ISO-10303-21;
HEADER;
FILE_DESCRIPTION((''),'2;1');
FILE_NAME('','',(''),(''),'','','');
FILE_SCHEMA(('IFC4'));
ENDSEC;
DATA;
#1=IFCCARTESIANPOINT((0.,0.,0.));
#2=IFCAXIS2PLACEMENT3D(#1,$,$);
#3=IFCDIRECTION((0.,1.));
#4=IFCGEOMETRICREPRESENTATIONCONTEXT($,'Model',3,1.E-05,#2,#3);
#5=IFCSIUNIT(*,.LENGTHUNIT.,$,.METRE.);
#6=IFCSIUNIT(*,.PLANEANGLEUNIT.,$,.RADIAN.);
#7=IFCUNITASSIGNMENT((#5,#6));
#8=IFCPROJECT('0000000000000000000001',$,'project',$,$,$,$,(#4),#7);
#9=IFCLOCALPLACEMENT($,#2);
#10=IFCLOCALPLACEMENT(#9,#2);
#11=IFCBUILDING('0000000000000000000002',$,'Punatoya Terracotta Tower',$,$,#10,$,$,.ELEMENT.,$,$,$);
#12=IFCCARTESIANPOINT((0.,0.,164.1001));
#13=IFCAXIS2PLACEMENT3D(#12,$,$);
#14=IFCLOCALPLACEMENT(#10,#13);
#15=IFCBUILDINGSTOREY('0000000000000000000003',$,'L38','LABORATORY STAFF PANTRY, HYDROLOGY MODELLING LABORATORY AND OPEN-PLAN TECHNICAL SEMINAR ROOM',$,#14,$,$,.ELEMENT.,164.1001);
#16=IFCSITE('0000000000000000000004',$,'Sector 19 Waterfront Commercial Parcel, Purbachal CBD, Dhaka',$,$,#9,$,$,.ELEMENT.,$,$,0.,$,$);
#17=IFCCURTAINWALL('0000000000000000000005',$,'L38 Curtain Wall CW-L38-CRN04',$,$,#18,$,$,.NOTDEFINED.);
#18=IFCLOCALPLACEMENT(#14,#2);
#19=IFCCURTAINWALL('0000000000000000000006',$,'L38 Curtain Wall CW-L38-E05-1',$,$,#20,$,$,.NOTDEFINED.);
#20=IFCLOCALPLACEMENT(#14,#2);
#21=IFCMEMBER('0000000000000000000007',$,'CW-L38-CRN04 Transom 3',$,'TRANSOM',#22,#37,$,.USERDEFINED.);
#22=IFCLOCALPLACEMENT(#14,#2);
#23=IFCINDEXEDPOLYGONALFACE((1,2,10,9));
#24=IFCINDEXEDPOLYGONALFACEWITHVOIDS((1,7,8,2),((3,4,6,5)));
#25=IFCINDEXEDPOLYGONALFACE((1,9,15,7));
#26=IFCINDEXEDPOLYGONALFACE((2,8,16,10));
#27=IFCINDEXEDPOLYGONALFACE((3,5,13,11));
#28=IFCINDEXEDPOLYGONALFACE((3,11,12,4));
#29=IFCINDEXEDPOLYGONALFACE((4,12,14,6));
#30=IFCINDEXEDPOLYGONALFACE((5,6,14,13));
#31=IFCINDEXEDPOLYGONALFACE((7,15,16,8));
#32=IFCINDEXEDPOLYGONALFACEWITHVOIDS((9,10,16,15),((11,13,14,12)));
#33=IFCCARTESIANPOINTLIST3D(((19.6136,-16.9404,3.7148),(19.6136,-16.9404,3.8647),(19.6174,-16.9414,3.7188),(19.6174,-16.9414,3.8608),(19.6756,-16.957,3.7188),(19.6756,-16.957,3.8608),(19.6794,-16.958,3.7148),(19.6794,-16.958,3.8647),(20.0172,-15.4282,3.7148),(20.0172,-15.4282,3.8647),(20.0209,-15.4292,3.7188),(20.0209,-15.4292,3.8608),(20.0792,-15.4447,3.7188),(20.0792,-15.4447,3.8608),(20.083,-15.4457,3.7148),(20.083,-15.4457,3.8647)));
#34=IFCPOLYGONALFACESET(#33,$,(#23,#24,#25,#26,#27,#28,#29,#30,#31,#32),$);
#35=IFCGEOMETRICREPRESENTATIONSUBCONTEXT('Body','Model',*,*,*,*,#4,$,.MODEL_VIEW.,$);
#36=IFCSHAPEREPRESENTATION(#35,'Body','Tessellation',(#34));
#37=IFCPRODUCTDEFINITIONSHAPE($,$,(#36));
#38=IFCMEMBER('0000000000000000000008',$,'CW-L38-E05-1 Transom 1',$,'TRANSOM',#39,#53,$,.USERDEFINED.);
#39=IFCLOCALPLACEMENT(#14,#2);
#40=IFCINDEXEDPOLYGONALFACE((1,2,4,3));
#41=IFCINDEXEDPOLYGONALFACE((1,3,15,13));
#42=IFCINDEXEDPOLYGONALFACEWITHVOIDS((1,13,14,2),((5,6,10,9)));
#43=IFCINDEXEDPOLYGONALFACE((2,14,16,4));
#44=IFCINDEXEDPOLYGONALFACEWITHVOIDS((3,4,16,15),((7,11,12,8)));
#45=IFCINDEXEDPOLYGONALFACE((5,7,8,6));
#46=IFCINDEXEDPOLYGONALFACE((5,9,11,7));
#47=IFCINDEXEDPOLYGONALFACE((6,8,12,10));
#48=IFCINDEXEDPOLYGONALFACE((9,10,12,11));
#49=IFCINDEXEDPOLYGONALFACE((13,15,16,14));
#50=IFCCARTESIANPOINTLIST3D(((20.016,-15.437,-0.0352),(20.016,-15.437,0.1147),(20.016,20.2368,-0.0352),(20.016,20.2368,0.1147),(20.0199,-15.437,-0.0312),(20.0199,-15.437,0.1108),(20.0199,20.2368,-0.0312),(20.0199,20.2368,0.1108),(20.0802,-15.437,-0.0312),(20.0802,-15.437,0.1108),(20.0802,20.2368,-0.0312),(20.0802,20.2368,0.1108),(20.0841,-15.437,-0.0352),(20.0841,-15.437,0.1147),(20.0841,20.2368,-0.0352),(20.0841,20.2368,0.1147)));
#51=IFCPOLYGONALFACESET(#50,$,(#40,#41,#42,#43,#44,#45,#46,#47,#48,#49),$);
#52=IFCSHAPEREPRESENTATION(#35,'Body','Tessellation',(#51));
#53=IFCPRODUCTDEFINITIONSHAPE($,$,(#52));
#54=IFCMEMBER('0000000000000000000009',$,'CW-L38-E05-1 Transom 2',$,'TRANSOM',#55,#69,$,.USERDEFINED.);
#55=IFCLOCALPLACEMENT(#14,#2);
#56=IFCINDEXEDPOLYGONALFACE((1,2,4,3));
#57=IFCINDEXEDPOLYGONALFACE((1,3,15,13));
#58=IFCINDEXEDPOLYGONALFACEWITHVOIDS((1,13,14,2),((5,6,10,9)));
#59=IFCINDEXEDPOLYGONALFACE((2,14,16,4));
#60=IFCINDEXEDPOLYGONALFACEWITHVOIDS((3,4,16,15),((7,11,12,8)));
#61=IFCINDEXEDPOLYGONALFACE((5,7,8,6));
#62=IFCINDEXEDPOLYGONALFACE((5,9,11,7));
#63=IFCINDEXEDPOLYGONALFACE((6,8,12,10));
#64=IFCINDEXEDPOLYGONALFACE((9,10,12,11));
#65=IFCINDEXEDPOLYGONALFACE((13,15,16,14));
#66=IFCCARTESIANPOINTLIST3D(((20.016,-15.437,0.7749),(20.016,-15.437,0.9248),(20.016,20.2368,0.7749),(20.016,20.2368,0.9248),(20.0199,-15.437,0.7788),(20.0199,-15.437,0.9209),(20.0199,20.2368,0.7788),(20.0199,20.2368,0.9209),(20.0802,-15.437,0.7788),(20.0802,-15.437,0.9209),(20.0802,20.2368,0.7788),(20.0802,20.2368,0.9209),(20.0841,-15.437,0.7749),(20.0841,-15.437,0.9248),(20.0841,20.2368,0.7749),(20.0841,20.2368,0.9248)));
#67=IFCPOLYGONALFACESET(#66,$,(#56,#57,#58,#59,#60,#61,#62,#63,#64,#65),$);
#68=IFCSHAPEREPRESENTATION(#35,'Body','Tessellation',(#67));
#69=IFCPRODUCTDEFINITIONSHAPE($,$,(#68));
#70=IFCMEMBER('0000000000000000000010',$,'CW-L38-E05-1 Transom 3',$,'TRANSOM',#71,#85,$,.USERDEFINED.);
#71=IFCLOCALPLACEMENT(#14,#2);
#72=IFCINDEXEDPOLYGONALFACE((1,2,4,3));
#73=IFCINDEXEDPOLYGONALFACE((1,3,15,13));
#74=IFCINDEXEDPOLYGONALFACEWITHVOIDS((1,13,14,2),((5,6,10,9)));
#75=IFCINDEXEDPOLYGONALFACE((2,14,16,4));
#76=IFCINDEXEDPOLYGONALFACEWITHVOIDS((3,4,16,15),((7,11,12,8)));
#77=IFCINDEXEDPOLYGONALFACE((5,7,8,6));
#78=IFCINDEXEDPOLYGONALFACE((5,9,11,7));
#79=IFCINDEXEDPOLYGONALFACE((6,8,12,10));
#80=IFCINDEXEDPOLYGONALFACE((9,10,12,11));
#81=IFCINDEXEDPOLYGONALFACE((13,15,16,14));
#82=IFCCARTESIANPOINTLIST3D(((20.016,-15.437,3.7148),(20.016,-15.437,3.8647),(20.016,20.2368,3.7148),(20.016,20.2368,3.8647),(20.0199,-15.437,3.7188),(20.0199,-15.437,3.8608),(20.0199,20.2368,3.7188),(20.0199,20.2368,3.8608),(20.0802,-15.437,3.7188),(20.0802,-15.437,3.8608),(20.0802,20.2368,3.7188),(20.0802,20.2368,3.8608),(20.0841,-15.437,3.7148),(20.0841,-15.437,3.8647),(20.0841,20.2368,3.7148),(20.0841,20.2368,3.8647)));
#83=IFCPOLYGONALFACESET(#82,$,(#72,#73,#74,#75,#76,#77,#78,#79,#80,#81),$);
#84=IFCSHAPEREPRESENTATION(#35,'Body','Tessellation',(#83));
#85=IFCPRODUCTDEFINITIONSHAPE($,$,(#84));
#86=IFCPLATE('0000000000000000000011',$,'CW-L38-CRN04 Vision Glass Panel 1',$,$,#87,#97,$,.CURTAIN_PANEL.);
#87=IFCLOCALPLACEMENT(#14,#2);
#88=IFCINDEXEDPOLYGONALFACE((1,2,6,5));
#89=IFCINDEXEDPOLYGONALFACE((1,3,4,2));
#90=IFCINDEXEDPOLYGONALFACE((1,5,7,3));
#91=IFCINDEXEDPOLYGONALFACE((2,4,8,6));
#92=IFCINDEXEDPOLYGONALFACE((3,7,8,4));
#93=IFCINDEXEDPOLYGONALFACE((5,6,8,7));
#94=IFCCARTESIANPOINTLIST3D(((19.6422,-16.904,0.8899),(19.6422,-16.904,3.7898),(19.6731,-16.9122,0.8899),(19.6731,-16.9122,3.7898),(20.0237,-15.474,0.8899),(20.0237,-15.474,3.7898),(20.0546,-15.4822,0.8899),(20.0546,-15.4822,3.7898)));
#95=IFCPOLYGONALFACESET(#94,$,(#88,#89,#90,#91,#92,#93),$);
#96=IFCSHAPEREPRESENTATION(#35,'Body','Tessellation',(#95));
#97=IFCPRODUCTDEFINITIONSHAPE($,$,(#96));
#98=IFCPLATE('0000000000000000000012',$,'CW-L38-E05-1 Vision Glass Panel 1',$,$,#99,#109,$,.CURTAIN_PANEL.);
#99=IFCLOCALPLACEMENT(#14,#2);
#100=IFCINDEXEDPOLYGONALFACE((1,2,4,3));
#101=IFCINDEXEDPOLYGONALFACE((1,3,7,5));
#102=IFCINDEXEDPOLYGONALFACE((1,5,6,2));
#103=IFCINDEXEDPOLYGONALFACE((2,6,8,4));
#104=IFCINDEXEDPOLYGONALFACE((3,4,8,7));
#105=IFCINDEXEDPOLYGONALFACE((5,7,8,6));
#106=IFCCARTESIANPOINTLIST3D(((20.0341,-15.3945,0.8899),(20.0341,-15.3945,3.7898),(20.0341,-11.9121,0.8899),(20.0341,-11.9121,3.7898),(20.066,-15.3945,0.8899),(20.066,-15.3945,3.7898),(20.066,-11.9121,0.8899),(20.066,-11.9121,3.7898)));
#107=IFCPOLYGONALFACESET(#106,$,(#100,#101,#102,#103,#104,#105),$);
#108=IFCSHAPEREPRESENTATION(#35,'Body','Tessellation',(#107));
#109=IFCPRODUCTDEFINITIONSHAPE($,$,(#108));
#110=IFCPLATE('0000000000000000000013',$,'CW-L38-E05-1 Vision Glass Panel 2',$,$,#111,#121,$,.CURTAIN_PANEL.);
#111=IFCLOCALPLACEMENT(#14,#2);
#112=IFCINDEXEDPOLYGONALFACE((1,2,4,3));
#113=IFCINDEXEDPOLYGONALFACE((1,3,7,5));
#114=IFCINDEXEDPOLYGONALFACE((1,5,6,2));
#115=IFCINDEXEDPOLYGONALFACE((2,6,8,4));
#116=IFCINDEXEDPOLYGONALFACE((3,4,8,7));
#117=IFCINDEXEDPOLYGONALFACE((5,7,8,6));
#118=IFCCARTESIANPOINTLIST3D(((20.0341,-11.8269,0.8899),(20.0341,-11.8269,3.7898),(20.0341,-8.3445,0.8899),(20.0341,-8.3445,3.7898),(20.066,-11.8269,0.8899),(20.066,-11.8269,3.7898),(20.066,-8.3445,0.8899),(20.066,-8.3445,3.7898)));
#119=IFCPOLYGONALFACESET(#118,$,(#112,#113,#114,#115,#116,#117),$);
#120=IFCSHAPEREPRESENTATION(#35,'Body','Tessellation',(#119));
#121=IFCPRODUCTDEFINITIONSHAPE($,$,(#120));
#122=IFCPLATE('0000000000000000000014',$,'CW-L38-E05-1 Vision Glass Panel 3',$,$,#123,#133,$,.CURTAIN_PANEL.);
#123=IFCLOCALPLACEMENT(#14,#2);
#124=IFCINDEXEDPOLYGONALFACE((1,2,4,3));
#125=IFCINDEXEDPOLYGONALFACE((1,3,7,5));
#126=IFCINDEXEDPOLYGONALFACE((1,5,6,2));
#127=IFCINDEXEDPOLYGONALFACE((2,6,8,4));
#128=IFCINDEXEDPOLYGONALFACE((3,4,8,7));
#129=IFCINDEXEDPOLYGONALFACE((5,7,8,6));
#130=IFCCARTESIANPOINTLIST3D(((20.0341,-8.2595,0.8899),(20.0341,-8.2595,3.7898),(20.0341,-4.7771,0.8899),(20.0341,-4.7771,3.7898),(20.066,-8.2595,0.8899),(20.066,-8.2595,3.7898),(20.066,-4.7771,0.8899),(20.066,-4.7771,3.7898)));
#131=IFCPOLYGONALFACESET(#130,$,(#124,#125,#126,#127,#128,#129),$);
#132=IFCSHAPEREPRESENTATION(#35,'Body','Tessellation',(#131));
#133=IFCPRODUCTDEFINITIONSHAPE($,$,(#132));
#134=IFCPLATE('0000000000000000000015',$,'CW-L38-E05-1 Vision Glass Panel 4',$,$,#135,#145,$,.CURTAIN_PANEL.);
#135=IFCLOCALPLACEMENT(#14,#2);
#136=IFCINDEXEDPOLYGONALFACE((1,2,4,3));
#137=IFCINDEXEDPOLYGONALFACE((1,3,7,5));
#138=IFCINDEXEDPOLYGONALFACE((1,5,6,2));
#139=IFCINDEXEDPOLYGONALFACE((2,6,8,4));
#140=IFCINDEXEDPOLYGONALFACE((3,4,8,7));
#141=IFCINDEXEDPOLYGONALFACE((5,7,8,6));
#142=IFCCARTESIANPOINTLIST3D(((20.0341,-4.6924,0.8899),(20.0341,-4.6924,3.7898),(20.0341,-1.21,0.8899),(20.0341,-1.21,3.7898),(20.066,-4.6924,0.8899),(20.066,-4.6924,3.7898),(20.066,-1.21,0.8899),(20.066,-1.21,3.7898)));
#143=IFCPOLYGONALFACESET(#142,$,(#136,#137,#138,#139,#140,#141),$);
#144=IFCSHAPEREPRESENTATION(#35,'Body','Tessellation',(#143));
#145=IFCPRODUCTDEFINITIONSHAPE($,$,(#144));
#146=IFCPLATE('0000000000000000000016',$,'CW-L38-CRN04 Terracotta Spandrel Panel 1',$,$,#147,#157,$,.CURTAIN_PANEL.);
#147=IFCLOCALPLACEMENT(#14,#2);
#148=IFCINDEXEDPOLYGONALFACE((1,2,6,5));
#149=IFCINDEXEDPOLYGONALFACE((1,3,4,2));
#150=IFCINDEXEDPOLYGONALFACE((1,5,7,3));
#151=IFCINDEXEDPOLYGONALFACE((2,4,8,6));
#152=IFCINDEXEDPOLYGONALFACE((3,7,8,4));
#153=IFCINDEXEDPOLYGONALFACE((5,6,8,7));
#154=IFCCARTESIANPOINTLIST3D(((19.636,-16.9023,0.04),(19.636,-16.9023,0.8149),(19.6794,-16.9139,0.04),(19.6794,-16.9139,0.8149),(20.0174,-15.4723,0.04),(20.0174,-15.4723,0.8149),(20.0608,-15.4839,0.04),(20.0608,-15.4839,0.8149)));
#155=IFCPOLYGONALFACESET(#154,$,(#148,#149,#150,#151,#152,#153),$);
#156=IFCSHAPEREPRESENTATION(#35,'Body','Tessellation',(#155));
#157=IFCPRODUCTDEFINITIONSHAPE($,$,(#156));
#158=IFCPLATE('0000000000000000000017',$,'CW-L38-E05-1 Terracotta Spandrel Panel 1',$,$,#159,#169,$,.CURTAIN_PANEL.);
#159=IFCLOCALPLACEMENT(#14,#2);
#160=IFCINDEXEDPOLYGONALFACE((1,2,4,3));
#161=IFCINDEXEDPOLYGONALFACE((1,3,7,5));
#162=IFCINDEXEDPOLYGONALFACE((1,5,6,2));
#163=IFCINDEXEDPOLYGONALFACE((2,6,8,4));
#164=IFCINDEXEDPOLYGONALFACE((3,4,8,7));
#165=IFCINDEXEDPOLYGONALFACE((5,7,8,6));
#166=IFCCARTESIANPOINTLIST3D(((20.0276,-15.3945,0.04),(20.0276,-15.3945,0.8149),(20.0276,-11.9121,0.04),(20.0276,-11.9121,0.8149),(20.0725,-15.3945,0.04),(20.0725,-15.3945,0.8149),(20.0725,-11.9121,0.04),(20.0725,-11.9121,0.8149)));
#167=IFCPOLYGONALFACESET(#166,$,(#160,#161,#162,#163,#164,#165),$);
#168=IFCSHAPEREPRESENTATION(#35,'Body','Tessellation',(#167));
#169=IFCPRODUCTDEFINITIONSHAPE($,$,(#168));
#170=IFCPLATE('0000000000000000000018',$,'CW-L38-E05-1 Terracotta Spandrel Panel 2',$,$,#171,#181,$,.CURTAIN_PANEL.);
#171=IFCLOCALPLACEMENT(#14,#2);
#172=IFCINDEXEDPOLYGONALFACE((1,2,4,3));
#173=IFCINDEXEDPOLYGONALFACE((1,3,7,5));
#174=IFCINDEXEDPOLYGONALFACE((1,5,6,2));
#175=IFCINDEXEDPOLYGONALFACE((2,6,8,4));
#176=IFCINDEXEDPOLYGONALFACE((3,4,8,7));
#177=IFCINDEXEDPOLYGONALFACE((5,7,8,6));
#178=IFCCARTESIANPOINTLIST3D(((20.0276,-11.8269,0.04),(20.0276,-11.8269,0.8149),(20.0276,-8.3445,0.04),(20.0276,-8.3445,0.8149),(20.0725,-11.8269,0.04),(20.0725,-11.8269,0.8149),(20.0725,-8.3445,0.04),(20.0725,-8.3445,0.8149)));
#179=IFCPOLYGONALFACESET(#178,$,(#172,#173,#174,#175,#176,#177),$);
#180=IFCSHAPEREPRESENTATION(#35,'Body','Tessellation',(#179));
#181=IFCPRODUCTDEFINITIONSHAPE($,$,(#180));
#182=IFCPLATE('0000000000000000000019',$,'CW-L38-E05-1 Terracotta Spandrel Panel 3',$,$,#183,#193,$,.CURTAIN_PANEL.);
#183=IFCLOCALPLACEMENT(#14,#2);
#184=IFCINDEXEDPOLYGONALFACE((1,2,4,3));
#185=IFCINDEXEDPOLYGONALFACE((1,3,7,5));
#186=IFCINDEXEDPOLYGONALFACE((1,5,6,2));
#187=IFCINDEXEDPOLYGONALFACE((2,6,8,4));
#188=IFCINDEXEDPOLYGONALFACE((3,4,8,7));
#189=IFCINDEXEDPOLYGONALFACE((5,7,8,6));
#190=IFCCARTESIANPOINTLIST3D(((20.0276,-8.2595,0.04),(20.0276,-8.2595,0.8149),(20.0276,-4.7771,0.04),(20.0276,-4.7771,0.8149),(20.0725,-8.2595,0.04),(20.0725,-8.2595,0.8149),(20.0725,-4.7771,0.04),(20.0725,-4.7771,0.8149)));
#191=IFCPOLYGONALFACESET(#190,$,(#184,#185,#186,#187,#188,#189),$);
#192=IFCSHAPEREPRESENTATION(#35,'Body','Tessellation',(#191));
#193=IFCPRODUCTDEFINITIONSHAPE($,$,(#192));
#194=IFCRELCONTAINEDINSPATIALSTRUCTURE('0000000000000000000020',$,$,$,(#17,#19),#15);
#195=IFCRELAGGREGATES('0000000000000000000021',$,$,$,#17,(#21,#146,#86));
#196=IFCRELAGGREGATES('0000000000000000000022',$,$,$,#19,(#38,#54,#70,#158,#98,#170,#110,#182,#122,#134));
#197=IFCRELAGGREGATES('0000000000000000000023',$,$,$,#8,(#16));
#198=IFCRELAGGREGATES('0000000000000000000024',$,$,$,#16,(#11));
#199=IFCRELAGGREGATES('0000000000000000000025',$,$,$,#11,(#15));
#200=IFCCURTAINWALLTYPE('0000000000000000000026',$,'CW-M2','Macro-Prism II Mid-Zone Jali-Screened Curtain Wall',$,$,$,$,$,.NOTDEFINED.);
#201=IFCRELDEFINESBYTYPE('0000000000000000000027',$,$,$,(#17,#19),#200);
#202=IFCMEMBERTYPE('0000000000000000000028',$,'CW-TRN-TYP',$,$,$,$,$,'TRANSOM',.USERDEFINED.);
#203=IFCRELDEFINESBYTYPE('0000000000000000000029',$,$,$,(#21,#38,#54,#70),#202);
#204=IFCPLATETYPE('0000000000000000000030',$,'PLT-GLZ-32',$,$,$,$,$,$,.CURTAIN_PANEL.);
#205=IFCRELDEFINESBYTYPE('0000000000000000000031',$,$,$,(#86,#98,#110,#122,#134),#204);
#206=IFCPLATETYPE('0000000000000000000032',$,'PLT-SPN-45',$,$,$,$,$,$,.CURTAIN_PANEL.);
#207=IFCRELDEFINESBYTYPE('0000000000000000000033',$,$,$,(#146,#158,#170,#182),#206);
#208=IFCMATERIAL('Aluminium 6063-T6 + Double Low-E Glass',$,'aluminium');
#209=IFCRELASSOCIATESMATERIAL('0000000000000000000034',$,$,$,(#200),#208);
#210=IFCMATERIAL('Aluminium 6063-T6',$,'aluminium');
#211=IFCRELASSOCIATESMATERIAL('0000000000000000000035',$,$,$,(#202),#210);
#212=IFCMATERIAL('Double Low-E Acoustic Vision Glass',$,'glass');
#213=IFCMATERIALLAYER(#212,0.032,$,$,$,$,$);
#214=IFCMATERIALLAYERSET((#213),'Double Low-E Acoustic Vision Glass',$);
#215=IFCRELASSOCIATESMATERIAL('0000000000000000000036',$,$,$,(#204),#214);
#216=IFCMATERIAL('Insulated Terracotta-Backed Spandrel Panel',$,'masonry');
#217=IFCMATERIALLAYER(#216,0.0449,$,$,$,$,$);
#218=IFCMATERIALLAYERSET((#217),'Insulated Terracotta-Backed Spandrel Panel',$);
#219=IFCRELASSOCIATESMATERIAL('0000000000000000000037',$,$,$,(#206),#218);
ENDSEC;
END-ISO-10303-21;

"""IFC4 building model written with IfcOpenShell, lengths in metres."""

from ifc_helpers import new_model, si_unit, direction, frame, origin, origin_2d, place, context, subcontext, project, spatial, rectangle, hollow_rectangle, extrude, material, layer, layer_set, material_profile, profile_set, type_object, element, aggregate, save


model = new_model("IFC4")

# Units and contexts
model_context = context("Model", 3, precision=1e-05, world=origin(), true_north=direction((0.0, 1.0)))
body_context = subcontext(model_context, "Body", "Model", "MODEL_VIEW")
ifc_project = project(units=[si_unit("LENGTHUNIT", "METRE"), si_unit("PLANEANGLEUNIT", "RADIAN")], contexts=[model_context])

# Site, building, storey
site_placement = place(None, origin())
site = spatial("IfcSite", under=ifc_project, at=site_placement, Name="Sector 19 Waterfront Commercial Parcel, Purbachal CBD, Dhaka", CompositionType="ELEMENT", RefElevation=0.0)
building_placement = place(site_placement, origin())
building = spatial("IfcBuilding", under=site, at=building_placement, Name="Punatoya Terracotta Tower", CompositionType="ELEMENT")
storey_placement = place(building_placement, frame((0.0, 0.0, 164.1001)))
storey = spatial("IfcBuildingStorey", under=building, at=storey_placement, Name="L38", Description="LABORATORY STAFF PANTRY, HYDROLOGY MODELLING LABORATORY AND OPEN-PLAN TECHNICAL SEMINAR ROOM", CompositionType="ELEMENT", Elevation=164.1001)

# Curtain walls
ifc_material_1 = material(Name="Aluminium 6063-T6 + Double Low-E Glass", Category="aluminium")
curtain_wall_type = type_object("IfcCurtainWallType", Name="CW-M2", Description="Macro-Prism II Mid-Zone Jali-Screened Curtain Wall", PredefinedType="NOTDEFINED", material=ifc_material_1)
curtain_wall_1_placement = place(storey_placement, origin())
curtain_wall_1 = element("IfcCurtainWall", 1, at=curtain_wall_1_placement, inside=storey, type_object=curtain_wall_type, Name="L38 Curtain Wall CW-L38-CRN04", PredefinedType="NOTDEFINED")
ifc_material_2 = material(Name="Aluminium 6063-T6", Category="aluminium")
curtain_wall_2_placement = place(storey_placement, origin())
curtain_wall_2 = element("IfcCurtainWall", 2, at=curtain_wall_2_placement, inside=storey, type_object=curtain_wall_type, Name="L38 Curtain Wall CW-L38-E05-1", PredefinedType="NOTDEFINED")

# Members
ifc_material_profile_1 = material_profile(ifc_material_2, hollow_rectangle(XDim=0.0681, YDim=0.1499, WallThickness=0.0039, at=origin_2d()))
ifc_profile_set_1 = profile_set([ifc_material_profile_1], Name="Aluminium 6063-T6")
member_type_1 = type_object("IfcMemberType", Name="CW-TRN-TYP", ElementType="TRANSOM", PredefinedType="USERDEFINED", material=ifc_profile_set_1)
member_1_placement = place(storey_placement, frame((19.6465, -16.9492, 3.7898), z_axis=(0.257847, 0.966186, 0.0), x_axis=(-0.966186, 0.257847, 0.0)))
member_1 = element("IfcMember", 3, at=member_1_placement, type_object=member_type_1, Name="CW-L38-CRN04 Transom 3", ObjectType="TRANSOM", PredefinedType="USERDEFINED", context=body_context, shape_type="SweptSolid", body=[
    extrude(hollow_rectangle(XDim=0.0681, YDim=0.1499, WallThickness=0.0039, at=origin_2d()), origin(), (0.0, 0.0, 1.0), 1.5652),
])
member_2_placement = place(storey_placement, frame((20.05, -15.437, 0.0398), z_axis=(0.0, 1.0, 0.0), x_axis=(-1.0, 0.0, 0.0)))
member_2 = element("IfcMember", 4, at=member_2_placement, type_object=member_type_1, Name="CW-L38-E05-1 Transom 1", ObjectType="TRANSOM", PredefinedType="USERDEFINED", context=body_context, shape_type="SweptSolid", body=[
    extrude(hollow_rectangle(XDim=0.0681, YDim=0.1499, WallThickness=0.0039, at=origin_2d()), origin(), (0.0, 0.0, 1.0), 35.6738),
])
member_3_placement = place(storey_placement, frame((20.05, -15.437, 0.8499), z_axis=(0.0, 1.0, 0.0), x_axis=(-1.0, 0.0, 0.0)))
member_3 = element("IfcMember", 5, at=member_3_placement, type_object=member_type_1, Name="CW-L38-E05-1 Transom 2", ObjectType="TRANSOM", PredefinedType="USERDEFINED", context=body_context, shape_type="SweptSolid", body=[
    extrude(hollow_rectangle(XDim=0.0681, YDim=0.1499, WallThickness=0.0039, at=origin_2d()), origin(), (0.0, 0.0, 1.0), 35.6738),
])
member_4_placement = place(storey_placement, frame((20.05, -15.437, 3.7898), z_axis=(0.0, 1.0, 0.0), x_axis=(-1.0, 0.0, 0.0)))
member_4 = element("IfcMember", 6, at=member_4_placement, type_object=member_type_1, Name="CW-L38-E05-1 Transom 3", ObjectType="TRANSOM", PredefinedType="USERDEFINED", context=body_context, shape_type="SweptSolid", body=[
    extrude(hollow_rectangle(XDim=0.0681, YDim=0.1499, WallThickness=0.0039, at=origin_2d()), origin(), (0.0, 0.0, 1.0), 35.6738),
])

# Plates
ifc_material_3 = material(Name="Double Low-E Acoustic Vision Glass", Category="glass")
ifc_layer_1 = layer(ifc_material_3, 0.032)
ifc_layer_set_1 = layer_set([ifc_layer_1], Name="Double Low-E Acoustic Vision Glass")
plate_type_1 = type_object("IfcPlateType", Name="PLT-GLZ-32", PredefinedType="CURTAIN_PANEL", material=ifc_layer_set_1)
plate_1_placement = place(storey_placement, frame((19.8484, -16.1931, 0.8899), z_axis=(0.0, 0.0, 1.0), x_axis=(0.257742, 0.966214, 0.0)))
plate_1 = element("IfcPlate", 7, at=plate_1_placement, type_object=plate_type_1, Name="CW-L38-CRN04 Vision Glass Panel 1", PredefinedType="CURTAIN_PANEL", context=body_context, shape_type="SweptSolid", body=[
    extrude(rectangle(XDim=1.48, YDim=0.032, at=origin_2d()), origin(), (0.0, 0.0, 1.0), 2.8999),
])
plate_2_placement = place(storey_placement, frame((20.05, -13.6533, 0.8899), z_axis=(0.0, 0.0, 1.0), x_axis=(0.0, 1.0, 0.0)))
plate_2 = element("IfcPlate", 8, at=plate_2_placement, type_object=plate_type_1, Name="CW-L38-E05-1 Vision Glass Panel 1", PredefinedType="CURTAIN_PANEL", context=body_context, shape_type="SweptSolid", body=[
    extrude(rectangle(XDim=3.4824, YDim=0.032, at=origin_2d()), origin(), (0.0, 0.0, 1.0), 2.8999),
])
plate_3_placement = place(storey_placement, frame((20.05, -10.0857, 0.8899), z_axis=(0.0, 0.0, 1.0), x_axis=(0.0, 1.0, 0.0)))
plate_3 = element("IfcPlate", 9, at=plate_3_placement, type_object=plate_type_1, Name="CW-L38-E05-1 Vision Glass Panel 2", PredefinedType="CURTAIN_PANEL", context=body_context, shape_type="SweptSolid", body=[
    extrude(rectangle(XDim=3.4824, YDim=0.032, at=origin_2d()), origin(), (0.0, 0.0, 1.0), 2.8999),
])
plate_4_placement = place(storey_placement, frame((20.05, -6.5183, 0.8899), z_axis=(0.0, 0.0, 1.0), x_axis=(0.0, 1.0, 0.0)))
plate_4 = element("IfcPlate", 10, at=plate_4_placement, type_object=plate_type_1, Name="CW-L38-E05-1 Vision Glass Panel 3", PredefinedType="CURTAIN_PANEL", context=body_context, shape_type="SweptSolid", body=[
    extrude(rectangle(XDim=3.4824, YDim=0.032, at=origin_2d()), origin(), (0.0, 0.0, 1.0), 2.8999),
])
plate_5_placement = place(storey_placement, frame((20.05, -2.9512, 0.8899), z_axis=(0.0, 0.0, 1.0), x_axis=(0.0, 1.0, 0.0)))
plate_5 = element("IfcPlate", 11, at=plate_5_placement, type_object=plate_type_1, Name="CW-L38-E05-1 Vision Glass Panel 4", PredefinedType="CURTAIN_PANEL", context=body_context, shape_type="SweptSolid", body=[
    extrude(rectangle(XDim=3.4824, YDim=0.032, at=origin_2d()), origin(), (0.0, 0.0, 1.0), 2.8999),
])
ifc_material_4 = material(Name="Insulated Terracotta-Backed Spandrel Panel", Category="masonry")
ifc_layer_2 = layer(ifc_material_4, 0.0449)
ifc_layer_set_2 = layer_set([ifc_layer_2], Name="Insulated Terracotta-Backed Spandrel Panel")
plate_type_2 = type_object("IfcPlateType", Name="PLT-SPN-45", PredefinedType="CURTAIN_PANEL", material=ifc_layer_set_2)
plate_6_placement = place(storey_placement, frame((19.8484, -16.1931, 0.04), z_axis=(0.0, 0.0, 1.0), x_axis=(0.257742, 0.966214, 0.0)))
plate_6 = element("IfcPlate", 12, at=plate_6_placement, type_object=plate_type_2, Name="CW-L38-CRN04 Terracotta Spandrel Panel 1", PredefinedType="CURTAIN_PANEL", context=body_context, shape_type="SweptSolid", body=[
    extrude(rectangle(XDim=1.48, YDim=0.0449, at=origin_2d()), origin(), (0.0, 0.0, 1.0), 0.7749),
])
aggregate(curtain_wall_1, [member_1, plate_6, plate_1])
plate_7_placement = place(storey_placement, frame((20.05, -13.6533, 0.04), z_axis=(0.0, 0.0, 1.0), x_axis=(0.0, 1.0, 0.0)))
plate_7 = element("IfcPlate", 13, at=plate_7_placement, type_object=plate_type_2, Name="CW-L38-E05-1 Terracotta Spandrel Panel 1", PredefinedType="CURTAIN_PANEL", context=body_context, shape_type="SweptSolid", body=[
    extrude(rectangle(XDim=3.4824, YDim=0.0449, at=origin_2d()), origin(), (0.0, 0.0, 1.0), 0.7749),
])
plate_8_placement = place(storey_placement, frame((20.05, -10.0857, 0.04), z_axis=(0.0, 0.0, 1.0), x_axis=(0.0, 1.0, 0.0)))
plate_8 = element("IfcPlate", 14, at=plate_8_placement, type_object=plate_type_2, Name="CW-L38-E05-1 Terracotta Spandrel Panel 2", PredefinedType="CURTAIN_PANEL", context=body_context, shape_type="SweptSolid", body=[
    extrude(rectangle(XDim=3.4824, YDim=0.0449, at=origin_2d()), origin(), (0.0, 0.0, 1.0), 0.7749),
])
plate_9_placement = place(storey_placement, frame((20.05, -6.5183, 0.04), z_axis=(0.0, 0.0, 1.0), x_axis=(0.0, 1.0, 0.0)))
plate_9 = element("IfcPlate", 15, at=plate_9_placement, type_object=plate_type_2, Name="CW-L38-E05-1 Terracotta Spandrel Panel 3", PredefinedType="CURTAIN_PANEL", context=body_context, shape_type="SweptSolid", body=[
    extrude(rectangle(XDim=3.4824, YDim=0.0449, at=origin_2d()), origin(), (0.0, 0.0, 1.0), 0.7749),
])
aggregate(curtain_wall_2, [member_2, member_3, member_4, plate_7, plate_2, plate_8, plate_3, plate_9, plate_4, plate_5])

save(model, "model.ifc")
